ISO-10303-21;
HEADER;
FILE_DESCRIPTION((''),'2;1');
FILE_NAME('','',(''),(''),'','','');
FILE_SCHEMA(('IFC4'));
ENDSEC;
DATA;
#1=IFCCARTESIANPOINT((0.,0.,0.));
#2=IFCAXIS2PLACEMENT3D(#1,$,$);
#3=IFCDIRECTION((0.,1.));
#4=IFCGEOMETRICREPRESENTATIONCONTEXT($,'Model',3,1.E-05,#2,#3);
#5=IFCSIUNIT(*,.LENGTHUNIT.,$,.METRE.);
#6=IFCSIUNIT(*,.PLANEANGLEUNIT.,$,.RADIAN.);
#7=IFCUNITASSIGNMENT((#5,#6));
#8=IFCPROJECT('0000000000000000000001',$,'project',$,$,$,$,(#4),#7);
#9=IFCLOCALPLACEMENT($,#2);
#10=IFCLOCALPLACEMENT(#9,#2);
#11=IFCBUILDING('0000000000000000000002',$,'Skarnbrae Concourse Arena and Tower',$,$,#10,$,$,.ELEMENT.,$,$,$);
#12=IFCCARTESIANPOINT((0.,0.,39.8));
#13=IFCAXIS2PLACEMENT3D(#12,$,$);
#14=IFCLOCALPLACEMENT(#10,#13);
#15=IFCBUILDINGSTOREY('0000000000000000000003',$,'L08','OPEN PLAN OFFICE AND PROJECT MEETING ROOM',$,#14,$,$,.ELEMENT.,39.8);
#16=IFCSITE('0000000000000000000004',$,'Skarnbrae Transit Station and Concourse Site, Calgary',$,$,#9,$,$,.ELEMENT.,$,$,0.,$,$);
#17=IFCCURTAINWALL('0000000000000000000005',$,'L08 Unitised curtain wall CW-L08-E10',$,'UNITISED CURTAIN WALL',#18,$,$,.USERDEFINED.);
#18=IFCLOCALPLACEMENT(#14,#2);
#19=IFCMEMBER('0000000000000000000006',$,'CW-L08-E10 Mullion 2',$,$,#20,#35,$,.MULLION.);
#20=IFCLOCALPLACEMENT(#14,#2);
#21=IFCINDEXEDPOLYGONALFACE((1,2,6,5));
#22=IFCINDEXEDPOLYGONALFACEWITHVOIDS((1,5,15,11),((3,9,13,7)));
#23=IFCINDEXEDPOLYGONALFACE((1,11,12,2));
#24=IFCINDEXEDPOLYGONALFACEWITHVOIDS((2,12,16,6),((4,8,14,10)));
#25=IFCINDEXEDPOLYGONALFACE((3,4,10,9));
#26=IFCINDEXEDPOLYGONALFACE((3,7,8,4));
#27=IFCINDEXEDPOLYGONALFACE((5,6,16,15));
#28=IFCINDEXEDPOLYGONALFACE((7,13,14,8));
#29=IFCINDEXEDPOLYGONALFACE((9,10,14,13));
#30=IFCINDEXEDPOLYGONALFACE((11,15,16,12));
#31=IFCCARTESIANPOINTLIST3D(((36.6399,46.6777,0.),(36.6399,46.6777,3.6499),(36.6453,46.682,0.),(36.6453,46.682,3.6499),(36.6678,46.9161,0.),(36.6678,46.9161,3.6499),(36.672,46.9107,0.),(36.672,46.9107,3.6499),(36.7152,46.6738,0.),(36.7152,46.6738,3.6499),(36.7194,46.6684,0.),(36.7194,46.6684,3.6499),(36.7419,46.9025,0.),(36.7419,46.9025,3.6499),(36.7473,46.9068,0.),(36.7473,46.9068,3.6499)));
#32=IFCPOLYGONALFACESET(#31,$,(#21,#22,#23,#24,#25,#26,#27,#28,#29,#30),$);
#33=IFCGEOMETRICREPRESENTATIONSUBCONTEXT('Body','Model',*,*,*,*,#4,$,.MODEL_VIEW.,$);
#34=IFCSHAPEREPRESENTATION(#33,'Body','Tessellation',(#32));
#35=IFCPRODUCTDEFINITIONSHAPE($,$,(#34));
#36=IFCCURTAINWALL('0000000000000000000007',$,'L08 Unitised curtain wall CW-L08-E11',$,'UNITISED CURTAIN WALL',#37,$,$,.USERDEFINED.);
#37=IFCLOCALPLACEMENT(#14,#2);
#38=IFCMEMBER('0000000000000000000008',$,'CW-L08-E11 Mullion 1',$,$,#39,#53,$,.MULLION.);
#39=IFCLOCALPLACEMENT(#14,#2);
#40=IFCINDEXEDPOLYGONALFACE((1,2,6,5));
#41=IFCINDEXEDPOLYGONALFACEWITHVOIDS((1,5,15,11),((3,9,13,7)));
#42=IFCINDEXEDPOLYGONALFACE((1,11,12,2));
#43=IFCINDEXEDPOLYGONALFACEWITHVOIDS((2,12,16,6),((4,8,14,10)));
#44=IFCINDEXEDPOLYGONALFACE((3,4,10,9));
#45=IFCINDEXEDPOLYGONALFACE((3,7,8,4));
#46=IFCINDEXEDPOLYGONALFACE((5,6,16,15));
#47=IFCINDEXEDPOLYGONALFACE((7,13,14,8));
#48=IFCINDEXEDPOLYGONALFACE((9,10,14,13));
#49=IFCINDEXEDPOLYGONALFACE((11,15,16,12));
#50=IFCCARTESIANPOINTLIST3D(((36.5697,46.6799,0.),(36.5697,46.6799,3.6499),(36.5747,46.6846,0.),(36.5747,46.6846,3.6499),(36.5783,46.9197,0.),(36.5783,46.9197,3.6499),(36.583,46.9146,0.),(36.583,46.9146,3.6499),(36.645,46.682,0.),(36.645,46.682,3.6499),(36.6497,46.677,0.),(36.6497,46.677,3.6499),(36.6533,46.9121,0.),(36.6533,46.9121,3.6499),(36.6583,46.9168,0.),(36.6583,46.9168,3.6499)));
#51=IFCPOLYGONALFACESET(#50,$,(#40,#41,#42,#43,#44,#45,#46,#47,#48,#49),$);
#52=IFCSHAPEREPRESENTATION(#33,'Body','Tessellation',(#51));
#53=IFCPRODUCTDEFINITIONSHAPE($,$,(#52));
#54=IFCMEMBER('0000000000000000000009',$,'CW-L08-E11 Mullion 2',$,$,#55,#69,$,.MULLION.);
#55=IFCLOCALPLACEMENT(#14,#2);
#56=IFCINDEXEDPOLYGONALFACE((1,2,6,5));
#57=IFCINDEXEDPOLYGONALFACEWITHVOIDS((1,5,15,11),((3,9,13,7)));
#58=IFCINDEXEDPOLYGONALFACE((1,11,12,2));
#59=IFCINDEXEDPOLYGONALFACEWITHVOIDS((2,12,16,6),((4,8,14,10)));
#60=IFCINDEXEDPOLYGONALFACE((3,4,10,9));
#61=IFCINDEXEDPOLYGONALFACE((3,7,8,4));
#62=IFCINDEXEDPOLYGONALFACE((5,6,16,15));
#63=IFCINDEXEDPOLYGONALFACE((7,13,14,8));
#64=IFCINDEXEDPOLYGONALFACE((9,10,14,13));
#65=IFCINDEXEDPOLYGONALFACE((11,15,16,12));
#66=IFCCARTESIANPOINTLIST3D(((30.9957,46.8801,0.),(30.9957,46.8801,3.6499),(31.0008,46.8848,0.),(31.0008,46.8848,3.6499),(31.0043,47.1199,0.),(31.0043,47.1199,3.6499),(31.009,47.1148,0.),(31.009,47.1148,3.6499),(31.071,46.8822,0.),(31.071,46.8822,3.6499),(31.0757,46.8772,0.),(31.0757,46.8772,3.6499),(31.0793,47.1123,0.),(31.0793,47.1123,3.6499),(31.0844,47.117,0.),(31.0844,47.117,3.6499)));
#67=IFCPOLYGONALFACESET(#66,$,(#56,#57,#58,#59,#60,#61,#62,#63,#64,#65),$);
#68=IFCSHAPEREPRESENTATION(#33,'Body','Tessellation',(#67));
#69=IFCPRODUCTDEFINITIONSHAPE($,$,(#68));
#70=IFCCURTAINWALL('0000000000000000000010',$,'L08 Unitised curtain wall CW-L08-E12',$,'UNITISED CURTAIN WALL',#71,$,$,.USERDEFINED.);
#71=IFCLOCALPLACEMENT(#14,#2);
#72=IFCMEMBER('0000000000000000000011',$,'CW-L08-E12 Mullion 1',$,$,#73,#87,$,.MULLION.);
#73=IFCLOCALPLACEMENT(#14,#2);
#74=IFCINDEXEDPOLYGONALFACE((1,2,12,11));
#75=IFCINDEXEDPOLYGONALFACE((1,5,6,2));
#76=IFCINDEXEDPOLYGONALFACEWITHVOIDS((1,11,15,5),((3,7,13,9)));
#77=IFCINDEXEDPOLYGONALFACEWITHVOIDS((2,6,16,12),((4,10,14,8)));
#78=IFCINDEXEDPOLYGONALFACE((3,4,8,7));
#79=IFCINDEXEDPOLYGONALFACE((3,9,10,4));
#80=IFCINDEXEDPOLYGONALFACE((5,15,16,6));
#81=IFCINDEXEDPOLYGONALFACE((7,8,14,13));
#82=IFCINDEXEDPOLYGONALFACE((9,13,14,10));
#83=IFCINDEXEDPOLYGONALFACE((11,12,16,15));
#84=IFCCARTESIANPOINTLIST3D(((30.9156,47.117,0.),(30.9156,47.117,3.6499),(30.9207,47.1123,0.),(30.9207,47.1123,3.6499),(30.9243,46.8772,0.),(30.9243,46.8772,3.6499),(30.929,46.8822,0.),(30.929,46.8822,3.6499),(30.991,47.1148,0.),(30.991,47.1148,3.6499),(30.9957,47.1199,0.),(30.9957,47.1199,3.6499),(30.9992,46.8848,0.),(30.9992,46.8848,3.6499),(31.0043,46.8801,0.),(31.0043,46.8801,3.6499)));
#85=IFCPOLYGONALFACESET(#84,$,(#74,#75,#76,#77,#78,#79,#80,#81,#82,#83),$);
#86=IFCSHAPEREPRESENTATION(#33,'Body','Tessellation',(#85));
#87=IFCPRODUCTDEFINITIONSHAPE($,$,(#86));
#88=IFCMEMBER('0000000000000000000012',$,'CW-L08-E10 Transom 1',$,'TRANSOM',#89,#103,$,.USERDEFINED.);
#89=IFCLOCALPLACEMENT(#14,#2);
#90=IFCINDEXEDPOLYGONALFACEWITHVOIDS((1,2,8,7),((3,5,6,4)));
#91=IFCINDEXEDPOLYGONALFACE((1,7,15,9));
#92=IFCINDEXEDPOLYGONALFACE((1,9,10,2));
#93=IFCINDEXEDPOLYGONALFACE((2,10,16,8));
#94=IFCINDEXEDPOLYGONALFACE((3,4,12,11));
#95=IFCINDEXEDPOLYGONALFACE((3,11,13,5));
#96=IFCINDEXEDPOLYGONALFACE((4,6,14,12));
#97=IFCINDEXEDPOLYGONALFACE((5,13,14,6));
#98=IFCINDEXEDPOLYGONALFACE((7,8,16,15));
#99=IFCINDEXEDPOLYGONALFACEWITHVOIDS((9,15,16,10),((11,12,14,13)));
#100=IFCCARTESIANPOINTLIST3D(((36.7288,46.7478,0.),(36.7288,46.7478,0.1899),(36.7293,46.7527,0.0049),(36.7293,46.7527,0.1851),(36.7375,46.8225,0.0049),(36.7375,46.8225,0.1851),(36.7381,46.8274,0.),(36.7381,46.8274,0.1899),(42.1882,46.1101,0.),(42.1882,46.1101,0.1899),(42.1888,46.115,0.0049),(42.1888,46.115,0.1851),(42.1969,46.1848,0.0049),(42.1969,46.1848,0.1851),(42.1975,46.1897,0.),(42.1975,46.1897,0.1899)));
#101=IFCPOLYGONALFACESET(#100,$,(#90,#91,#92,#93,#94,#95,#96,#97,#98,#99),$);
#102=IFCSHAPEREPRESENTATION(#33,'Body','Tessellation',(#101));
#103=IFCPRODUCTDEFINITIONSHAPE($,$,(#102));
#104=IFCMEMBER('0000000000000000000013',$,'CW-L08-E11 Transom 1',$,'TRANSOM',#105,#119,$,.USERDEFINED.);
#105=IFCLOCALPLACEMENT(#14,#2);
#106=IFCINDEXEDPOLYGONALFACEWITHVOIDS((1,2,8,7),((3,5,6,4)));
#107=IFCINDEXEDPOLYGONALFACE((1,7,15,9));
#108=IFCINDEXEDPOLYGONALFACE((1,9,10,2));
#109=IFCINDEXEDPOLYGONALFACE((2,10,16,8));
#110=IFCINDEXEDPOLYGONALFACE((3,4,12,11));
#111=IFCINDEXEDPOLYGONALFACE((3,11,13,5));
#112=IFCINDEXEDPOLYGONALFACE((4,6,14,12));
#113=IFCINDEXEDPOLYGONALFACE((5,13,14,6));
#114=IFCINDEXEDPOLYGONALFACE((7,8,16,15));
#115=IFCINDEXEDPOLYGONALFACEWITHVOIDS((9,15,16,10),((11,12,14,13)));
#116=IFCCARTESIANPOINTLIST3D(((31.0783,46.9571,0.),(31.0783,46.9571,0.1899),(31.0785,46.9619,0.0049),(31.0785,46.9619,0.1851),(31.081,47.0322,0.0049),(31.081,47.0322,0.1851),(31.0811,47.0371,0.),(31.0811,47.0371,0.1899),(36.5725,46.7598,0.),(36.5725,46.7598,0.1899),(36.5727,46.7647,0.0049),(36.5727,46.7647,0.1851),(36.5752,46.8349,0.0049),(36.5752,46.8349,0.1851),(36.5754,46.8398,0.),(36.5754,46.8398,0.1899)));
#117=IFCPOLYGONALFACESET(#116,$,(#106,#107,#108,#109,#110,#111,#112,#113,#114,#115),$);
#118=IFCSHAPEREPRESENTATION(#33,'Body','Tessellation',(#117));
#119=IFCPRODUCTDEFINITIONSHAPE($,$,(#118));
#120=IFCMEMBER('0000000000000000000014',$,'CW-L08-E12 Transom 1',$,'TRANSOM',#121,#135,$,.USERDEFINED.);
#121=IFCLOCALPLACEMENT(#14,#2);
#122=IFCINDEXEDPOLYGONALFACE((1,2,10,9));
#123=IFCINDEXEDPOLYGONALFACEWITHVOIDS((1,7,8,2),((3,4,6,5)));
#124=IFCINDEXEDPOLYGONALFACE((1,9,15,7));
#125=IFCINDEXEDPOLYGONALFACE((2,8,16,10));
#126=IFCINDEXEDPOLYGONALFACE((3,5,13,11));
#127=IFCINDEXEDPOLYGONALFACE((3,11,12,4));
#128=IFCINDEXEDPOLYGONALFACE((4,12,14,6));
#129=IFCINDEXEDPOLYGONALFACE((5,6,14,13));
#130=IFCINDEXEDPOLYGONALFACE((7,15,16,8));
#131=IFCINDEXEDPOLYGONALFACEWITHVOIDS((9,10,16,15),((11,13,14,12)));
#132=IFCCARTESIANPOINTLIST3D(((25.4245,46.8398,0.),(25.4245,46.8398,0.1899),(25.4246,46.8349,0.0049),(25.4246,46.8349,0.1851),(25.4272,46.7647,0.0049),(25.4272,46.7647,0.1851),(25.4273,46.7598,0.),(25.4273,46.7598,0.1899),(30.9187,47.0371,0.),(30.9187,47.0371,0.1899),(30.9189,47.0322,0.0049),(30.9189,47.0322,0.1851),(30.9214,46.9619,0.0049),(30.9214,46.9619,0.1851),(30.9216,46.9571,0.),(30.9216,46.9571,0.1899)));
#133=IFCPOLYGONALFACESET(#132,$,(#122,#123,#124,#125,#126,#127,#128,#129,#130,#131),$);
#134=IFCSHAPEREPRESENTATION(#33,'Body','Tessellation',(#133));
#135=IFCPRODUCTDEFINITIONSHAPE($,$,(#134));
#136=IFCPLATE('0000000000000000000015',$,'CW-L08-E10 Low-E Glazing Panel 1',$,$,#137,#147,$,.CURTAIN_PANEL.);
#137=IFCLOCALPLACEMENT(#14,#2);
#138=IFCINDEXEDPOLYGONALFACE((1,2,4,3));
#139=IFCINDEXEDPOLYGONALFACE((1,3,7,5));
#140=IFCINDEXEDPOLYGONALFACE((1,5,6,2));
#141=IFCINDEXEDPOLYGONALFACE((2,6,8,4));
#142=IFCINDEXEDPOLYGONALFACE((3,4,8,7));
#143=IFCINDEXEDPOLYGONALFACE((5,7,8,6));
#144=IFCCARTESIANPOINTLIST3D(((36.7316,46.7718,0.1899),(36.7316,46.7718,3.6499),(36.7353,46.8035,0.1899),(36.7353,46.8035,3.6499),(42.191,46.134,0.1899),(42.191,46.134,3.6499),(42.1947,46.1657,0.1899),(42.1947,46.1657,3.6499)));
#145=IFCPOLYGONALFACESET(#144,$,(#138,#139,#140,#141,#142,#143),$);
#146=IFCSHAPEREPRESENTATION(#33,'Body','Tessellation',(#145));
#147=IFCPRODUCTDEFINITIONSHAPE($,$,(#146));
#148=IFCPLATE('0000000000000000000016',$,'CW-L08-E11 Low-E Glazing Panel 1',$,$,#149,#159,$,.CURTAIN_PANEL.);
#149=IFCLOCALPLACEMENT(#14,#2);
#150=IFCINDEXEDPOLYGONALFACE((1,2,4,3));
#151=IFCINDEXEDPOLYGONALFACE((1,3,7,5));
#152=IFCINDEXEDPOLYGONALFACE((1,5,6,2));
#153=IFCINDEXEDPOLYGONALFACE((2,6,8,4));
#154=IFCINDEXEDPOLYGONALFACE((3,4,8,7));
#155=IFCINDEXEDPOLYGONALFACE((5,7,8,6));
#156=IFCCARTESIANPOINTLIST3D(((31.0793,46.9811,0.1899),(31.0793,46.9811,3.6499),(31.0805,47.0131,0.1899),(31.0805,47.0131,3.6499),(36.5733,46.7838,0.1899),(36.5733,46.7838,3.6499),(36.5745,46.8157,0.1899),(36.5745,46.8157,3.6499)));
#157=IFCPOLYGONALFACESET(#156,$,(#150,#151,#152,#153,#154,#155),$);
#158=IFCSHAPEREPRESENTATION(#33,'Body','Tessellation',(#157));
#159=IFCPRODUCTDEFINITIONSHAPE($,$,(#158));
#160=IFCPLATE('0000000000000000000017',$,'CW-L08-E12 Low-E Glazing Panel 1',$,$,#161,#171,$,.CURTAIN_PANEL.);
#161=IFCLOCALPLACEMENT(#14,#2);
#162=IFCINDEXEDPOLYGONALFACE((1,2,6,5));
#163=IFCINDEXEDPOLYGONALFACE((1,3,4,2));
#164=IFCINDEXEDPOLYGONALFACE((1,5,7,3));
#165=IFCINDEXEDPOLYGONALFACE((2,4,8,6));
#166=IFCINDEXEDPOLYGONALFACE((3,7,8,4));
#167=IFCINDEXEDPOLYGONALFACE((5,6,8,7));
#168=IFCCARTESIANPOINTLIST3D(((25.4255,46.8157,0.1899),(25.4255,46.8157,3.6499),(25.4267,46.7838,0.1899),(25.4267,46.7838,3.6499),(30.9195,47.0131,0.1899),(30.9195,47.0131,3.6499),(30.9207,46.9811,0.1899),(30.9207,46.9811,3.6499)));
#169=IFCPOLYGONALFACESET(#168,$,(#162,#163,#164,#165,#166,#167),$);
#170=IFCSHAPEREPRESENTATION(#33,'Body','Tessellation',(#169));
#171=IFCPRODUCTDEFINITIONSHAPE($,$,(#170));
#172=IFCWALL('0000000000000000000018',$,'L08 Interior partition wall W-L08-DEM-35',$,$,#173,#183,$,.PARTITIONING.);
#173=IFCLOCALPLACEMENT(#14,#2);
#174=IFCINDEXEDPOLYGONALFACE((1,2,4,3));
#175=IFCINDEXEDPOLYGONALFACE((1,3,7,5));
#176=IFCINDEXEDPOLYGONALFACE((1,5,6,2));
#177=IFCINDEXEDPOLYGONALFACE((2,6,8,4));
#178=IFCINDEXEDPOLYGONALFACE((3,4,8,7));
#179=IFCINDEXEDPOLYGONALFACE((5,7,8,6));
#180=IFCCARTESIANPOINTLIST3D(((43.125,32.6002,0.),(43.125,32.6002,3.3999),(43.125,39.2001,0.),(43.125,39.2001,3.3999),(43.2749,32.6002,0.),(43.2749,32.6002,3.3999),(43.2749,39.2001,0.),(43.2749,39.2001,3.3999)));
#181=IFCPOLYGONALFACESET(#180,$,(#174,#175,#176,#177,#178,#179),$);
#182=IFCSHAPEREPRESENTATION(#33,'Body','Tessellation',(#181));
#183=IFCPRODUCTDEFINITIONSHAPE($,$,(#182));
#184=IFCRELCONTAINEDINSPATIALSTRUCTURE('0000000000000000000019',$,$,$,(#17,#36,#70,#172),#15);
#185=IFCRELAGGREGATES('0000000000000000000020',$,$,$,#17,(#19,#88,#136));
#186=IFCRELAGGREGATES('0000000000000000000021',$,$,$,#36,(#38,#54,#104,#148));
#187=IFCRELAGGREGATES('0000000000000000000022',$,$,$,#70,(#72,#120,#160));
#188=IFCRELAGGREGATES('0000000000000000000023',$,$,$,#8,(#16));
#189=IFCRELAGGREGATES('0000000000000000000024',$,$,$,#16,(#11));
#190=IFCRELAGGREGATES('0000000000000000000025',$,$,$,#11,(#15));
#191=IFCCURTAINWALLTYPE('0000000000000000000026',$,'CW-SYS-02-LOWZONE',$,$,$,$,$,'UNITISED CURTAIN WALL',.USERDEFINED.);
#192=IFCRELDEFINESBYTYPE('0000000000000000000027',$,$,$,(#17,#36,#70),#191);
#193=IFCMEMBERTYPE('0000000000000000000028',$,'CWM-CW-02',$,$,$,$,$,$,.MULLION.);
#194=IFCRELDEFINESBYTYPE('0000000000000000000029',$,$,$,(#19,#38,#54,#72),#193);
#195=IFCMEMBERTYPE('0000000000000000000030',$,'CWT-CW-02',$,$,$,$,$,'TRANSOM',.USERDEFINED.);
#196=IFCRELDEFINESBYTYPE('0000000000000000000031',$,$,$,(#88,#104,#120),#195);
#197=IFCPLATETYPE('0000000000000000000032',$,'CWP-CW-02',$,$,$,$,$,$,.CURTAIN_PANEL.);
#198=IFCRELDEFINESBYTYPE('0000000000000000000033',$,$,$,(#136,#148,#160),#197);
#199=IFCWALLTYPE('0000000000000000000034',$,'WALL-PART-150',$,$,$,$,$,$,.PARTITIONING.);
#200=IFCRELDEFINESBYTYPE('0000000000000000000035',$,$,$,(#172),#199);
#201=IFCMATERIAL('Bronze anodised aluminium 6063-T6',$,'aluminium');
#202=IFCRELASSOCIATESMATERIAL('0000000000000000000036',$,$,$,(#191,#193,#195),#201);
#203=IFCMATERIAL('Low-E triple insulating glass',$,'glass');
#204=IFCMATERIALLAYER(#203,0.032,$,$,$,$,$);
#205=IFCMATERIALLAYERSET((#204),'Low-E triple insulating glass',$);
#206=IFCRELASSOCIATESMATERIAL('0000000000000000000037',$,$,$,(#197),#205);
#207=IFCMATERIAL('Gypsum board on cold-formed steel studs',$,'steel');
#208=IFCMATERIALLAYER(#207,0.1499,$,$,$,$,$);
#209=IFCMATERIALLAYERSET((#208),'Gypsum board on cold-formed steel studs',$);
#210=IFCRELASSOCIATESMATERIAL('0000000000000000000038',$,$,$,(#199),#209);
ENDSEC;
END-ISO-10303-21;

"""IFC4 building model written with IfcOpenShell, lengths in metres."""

from ifc_helpers import new_model, si_unit, direction, frame, frame_2d, origin, origin_2d, place, context, subcontext, project, spatial, rectangle, hollow_rectangle, extrude, source, transform, mapped, material, layer, layer_set, material_profile, profile_set, type_object, element, aggregate, save


model = new_model("IFC4")

# Units and contexts
model_context = context("Model", 3, precision=1e-05, world=origin(), true_north=direction((0.0, 1.0)))
body_context = subcontext(model_context, "Body", "Model", "MODEL_VIEW")
ifc_project = project(units=[si_unit("LENGTHUNIT", "METRE"), si_unit("PLANEANGLEUNIT", "RADIAN")], contexts=[model_context])

# Site, building, storey
site_placement = place(None, origin())
site = spatial("IfcSite", under=ifc_project, at=site_placement, Name="Skarnbrae Transit Station and Concourse Site, Calgary", CompositionType="ELEMENT", RefElevation=0.0)
building_placement = place(site_placement, origin())
building = spatial("IfcBuilding", under=site, at=building_placement, Name="Skarnbrae Concourse Arena and Tower", CompositionType="ELEMENT")
storey_placement = place(building_placement, frame((0.0, 0.0, 39.8)))
storey = spatial("IfcBuildingStorey", under=building, at=storey_placement, Name="L08", Description="OPEN PLAN OFFICE AND PROJECT MEETING ROOM", CompositionType="ELEMENT", Elevation=39.8)

# Shared definitions
ifc_material_1 = material(Name="Bronze anodised aluminium 6063-T6", Category="aluminium")
curtain_wall_type = type_object("IfcCurtainWallType", Name="CW-SYS-02-LOWZONE", ElementType="UNITISED CURTAIN WALL", PredefinedType="USERDEFINED", material=ifc_material_1)
ifc_material_profile_1 = material_profile(ifc_material_1, hollow_rectangle(XDim=0.0801, YDim=0.24, WallThickness=0.0049, at=origin_2d()), Name="ALU-MULL-80X240")
ifc_profile_set_1 = profile_set([ifc_material_profile_1], Name="Bronze anodised aluminium 6063-T6")
member_type_1 = type_object("IfcMemberType", Name="CWM-CW-02", PredefinedType="MULLION", material=ifc_profile_set_1)
shared_shape_1 = source(origin(), body_context, "Body", "SweptSolid", [
    extrude(hollow_rectangle(XDim=0.0801, YDim=0.24, WallThickness=0.0049, at=origin_2d()), origin(), (0.0, 0.0, 1.0), 3.6499),
])

# Curtain walls, members
curtain_wall_1_placement = place(storey_placement, origin())
curtain_wall_1 = element("IfcCurtainWall", 1, at=curtain_wall_1_placement, inside=storey, type_object=curtain_wall_type, Name="L08 Unitised curtain wall CW-L08-E10", ObjectType="UNITISED CURTAIN WALL", PredefinedType="USERDEFINED")
member_1_placement = place(storey_placement, frame((36.6936, 46.7922, 0.0), z_axis=(0.0, 0.0, 1.0), x_axis=(-0.993245, 0.11604, 0.0)))
member_1 = element("IfcMember", 2, at=member_1_placement, type_object=member_type_1, Name="CW-L08-E10 Mullion 2", PredefinedType="MULLION", context=body_context, shape_type="MappedRepresentation", body=[
    mapped(shared_shape_1, transform((0.0, 0.0, 0.0))),
])
curtain_wall_2_placement = place(storey_placement, origin())
curtain_wall_2 = element("IfcCurtainWall", 3, at=curtain_wall_2_placement, inside=storey, type_object=curtain_wall_type, Name="L08 Unitised curtain wall CW-L08-E11", ObjectType="UNITISED CURTAIN WALL", PredefinedType="USERDEFINED")
member_2_placement = place(storey_placement, frame((36.614, 46.7983, 0.0), z_axis=(0.0, 0.0, 1.0), x_axis=(-0.999355, 0.035899, 0.0)))
member_2 = element("IfcMember", 4, at=member_2_placement, type_object=member_type_1, Name="CW-L08-E11 Mullion 1", PredefinedType="MULLION", context=body_context, shape_type="MappedRepresentation", body=[
    mapped(shared_shape_1, transform((0.0, 0.0, 0.0))),
])
member_3_placement = place(storey_placement, frame((31.04, 46.9985, 0.0), z_axis=(0.0, 0.0, 1.0), x_axis=(-0.999355, 0.035899, 0.0)))
member_3 = element("IfcMember", 5, at=member_3_placement, type_object=member_type_1, Name="CW-L08-E11 Mullion 2", PredefinedType="MULLION", context=body_context, shape_type="MappedRepresentation", body=[
    mapped(shared_shape_1, transform((0.0, 0.0, 0.0))),
])

# Curtain wall, member
curtain_wall_3_placement = place(storey_placement, origin())
curtain_wall_3 = element("IfcCurtainWall", 6, at=curtain_wall_3_placement, inside=storey, type_object=curtain_wall_type, Name="L08 Unitised curtain wall CW-L08-E12", ObjectType="UNITISED CURTAIN WALL", PredefinedType="USERDEFINED")
member_4_placement = place(storey_placement, frame((30.96, 46.9985, 0.0), z_axis=(0.0, 0.0, 1.0), x_axis=(-0.999355, -0.035899, 0.0)))
member_4 = element("IfcMember", 7, at=member_4_placement, type_object=member_type_1, Name="CW-L08-E12 Mullion 1", PredefinedType="MULLION", context=body_context, shape_type="MappedRepresentation", body=[
    mapped(shared_shape_1, transform((0.0, 0.0, 0.0))),
])

# Members
ifc_material_profile_2 = material_profile(ifc_material_1, hollow_rectangle(XDim=0.0801, YDim=0.1899, WallThickness=0.0049, at=origin_2d()), Name="ALU-TRAN-80X190")
ifc_profile_set_2 = profile_set([ifc_material_profile_2], Name="Bronze anodised aluminium 6063-T6")
member_type_2 = type_object("IfcMemberType", Name="CWT-CW-02", ElementType="TRANSOM", PredefinedType="USERDEFINED", material=ifc_profile_set_2)
shared_shape_2 = source(origin(), body_context, "Body", "SweptSolid", [
    extrude(hollow_rectangle(XDim=0.0801, YDim=0.1899, WallThickness=0.0049, at=origin_2d()), origin(), (0.0, 0.0, 1.0), 5.4966),
])
member_5_placement = place(storey_placement, frame((42.1929, 46.1499, 0.095), z_axis=(-0.993247, 0.116017, 0.0), x_axis=(-0.116017, -0.993247, 0.0)))
member_5 = element("IfcMember", 8, at=member_5_placement, type_object=member_type_2, Name="CW-L08-E10 Transom 1", ObjectType="TRANSOM", PredefinedType="USERDEFINED", context=body_context, shape_type="MappedRepresentation", body=[
    mapped(shared_shape_2, transform((0.0, 0.0, 0.0))),
])
shared_shape_3 = source(origin(), body_context, "Body", "SweptSolid", [
    extrude(hollow_rectangle(XDim=0.0801, YDim=0.1899, WallThickness=0.0049, at=origin_2d()), origin(), (0.0, 0.0, 1.0), 5.4978),
])
member_6_placement = place(storey_placement, frame((36.574, 46.7998, 0.095), z_axis=(-0.999356, 0.035882, 0.0), x_axis=(-0.035882, -0.999356, 0.0)))
member_6 = element("IfcMember", 9, at=member_6_placement, type_object=member_type_2, Name="CW-L08-E11 Transom 1", ObjectType="TRANSOM", PredefinedType="USERDEFINED", context=body_context, shape_type="MappedRepresentation", body=[
    mapped(shared_shape_3, transform((0.0, 0.0, 0.0))),
])
member_7_placement = place(storey_placement, frame((30.9202, 46.9971, 0.095), z_axis=(-0.999356, -0.035882, 0.0), x_axis=(0.035882, -0.999356, 0.0)))
member_7 = element("IfcMember", 10, at=member_7_placement, type_object=member_type_2, Name="CW-L08-E12 Transom 1", ObjectType="TRANSOM", PredefinedType="USERDEFINED", context=body_context, shape_type="MappedRepresentation", body=[
    mapped(shared_shape_3, transform((0.0, 0.0, 0.0))),
])

# Plates
ifc_material_2 = material(Name="Low-E triple insulating glass", Category="glass")
ifc_layer_1 = layer(ifc_material_2, 0.032)
ifc_layer_set_1 = layer_set([ifc_layer_1], Name="Low-E triple insulating glass")
plate_type = type_object("IfcPlateType", Name="CWP-CW-02", PredefinedType="CURTAIN_PANEL", material=ifc_layer_set_1)
shared_shape_4 = source(origin(), body_context, "Body", "SweptSolid", [
    extrude(rectangle(XDim=5.4966, YDim=0.032, at=origin_2d()), origin(), (0.0, 0.0, 1.0), 3.46),
])
plate_1_placement = place(storey_placement, frame((39.4631, 46.4688, 0.1899), z_axis=(0.0, 0.0, 1.0), x_axis=(-0.993245, 0.11604, 0.0)))
plate_1 = element("IfcPlate", 11, at=plate_1_placement, type_object=plate_type, Name="CW-L08-E10 Low-E Glazing Panel 1", PredefinedType="CURTAIN_PANEL", context=body_context, shape_type="MappedRepresentation", body=[
    mapped(shared_shape_4, transform((0.0, 0.0, 0.0))),
])
aggregate(curtain_wall_1, [member_1, member_5, plate_1])
shared_shape_5 = source(origin(), body_context, "Body", "SweptSolid", [
    extrude(rectangle(XDim=5.4976, YDim=0.032, at=origin_2d()), origin(), (0.0, 0.0, 1.0), 3.46),
])
plate_2_placement = place(storey_placement, frame((33.8269, 46.8984, 0.1899), z_axis=(0.0, 0.0, 1.0), x_axis=(-0.999355, 0.035899, 0.0)))
plate_2 = element("IfcPlate", 12, at=plate_2_placement, type_object=plate_type, Name="CW-L08-E11 Low-E Glazing Panel 1", PredefinedType="CURTAIN_PANEL", context=body_context, shape_type="MappedRepresentation", body=[
    mapped(shared_shape_5, transform((0.0, 0.0, 0.0))),
])
aggregate(curtain_wall_2, [member_2, member_3, member_6, plate_2])
plate_3_placement = place(storey_placement, frame((28.1731, 46.8984, 0.1899), z_axis=(0.0, 0.0, 1.0), x_axis=(-0.999355, -0.035899, 0.0)))
plate_3 = element("IfcPlate", 13, at=plate_3_placement, type_object=plate_type, Name="CW-L08-E12 Low-E Glazing Panel 1", PredefinedType="CURTAIN_PANEL", context=body_context, shape_type="MappedRepresentation", body=[
    mapped(shared_shape_5, transform((0.0, 0.0, 0.0))),
])
aggregate(curtain_wall_3, [member_4, member_7, plate_3])

# Wall
ifc_material_3 = material(Name="Gypsum board on cold-formed steel studs", Category="steel")
ifc_layer_2 = layer(ifc_material_3, 0.1499)
ifc_layer_set_2 = layer_set([ifc_layer_2], Name="Gypsum board on cold-formed steel studs")
wall_type = type_object("IfcWallType", Name="WALL-PART-150", PredefinedType="PARTITIONING", material=ifc_layer_set_2)
shared_shape_6 = source(origin(), body_context, "Body", "SweptSolid", [
    extrude(rectangle(XDim=6.5999, YDim=0.1499, at=frame_2d((3.2998, 0.0))), origin(), (0.0, 0.0, 1.0), 3.3999),
])
wall_1_placement = place(storey_placement, frame((43.2, 39.2, 0.0), z_axis=(0.0, 0.0, 1.0), x_axis=(0.0, -1.0, 0.0)))
element("IfcWall", 14, at=wall_1_placement, inside=storey, type_object=wall_type, Name="L08 Interior partition wall W-L08-DEM-35", PredefinedType="PARTITIONING", context=body_context, shape_type="MappedRepresentation", body=[
    mapped(shared_shape_6, transform((0.0, 0.0, 0.0))),
])

save(model, "model.ifc")
